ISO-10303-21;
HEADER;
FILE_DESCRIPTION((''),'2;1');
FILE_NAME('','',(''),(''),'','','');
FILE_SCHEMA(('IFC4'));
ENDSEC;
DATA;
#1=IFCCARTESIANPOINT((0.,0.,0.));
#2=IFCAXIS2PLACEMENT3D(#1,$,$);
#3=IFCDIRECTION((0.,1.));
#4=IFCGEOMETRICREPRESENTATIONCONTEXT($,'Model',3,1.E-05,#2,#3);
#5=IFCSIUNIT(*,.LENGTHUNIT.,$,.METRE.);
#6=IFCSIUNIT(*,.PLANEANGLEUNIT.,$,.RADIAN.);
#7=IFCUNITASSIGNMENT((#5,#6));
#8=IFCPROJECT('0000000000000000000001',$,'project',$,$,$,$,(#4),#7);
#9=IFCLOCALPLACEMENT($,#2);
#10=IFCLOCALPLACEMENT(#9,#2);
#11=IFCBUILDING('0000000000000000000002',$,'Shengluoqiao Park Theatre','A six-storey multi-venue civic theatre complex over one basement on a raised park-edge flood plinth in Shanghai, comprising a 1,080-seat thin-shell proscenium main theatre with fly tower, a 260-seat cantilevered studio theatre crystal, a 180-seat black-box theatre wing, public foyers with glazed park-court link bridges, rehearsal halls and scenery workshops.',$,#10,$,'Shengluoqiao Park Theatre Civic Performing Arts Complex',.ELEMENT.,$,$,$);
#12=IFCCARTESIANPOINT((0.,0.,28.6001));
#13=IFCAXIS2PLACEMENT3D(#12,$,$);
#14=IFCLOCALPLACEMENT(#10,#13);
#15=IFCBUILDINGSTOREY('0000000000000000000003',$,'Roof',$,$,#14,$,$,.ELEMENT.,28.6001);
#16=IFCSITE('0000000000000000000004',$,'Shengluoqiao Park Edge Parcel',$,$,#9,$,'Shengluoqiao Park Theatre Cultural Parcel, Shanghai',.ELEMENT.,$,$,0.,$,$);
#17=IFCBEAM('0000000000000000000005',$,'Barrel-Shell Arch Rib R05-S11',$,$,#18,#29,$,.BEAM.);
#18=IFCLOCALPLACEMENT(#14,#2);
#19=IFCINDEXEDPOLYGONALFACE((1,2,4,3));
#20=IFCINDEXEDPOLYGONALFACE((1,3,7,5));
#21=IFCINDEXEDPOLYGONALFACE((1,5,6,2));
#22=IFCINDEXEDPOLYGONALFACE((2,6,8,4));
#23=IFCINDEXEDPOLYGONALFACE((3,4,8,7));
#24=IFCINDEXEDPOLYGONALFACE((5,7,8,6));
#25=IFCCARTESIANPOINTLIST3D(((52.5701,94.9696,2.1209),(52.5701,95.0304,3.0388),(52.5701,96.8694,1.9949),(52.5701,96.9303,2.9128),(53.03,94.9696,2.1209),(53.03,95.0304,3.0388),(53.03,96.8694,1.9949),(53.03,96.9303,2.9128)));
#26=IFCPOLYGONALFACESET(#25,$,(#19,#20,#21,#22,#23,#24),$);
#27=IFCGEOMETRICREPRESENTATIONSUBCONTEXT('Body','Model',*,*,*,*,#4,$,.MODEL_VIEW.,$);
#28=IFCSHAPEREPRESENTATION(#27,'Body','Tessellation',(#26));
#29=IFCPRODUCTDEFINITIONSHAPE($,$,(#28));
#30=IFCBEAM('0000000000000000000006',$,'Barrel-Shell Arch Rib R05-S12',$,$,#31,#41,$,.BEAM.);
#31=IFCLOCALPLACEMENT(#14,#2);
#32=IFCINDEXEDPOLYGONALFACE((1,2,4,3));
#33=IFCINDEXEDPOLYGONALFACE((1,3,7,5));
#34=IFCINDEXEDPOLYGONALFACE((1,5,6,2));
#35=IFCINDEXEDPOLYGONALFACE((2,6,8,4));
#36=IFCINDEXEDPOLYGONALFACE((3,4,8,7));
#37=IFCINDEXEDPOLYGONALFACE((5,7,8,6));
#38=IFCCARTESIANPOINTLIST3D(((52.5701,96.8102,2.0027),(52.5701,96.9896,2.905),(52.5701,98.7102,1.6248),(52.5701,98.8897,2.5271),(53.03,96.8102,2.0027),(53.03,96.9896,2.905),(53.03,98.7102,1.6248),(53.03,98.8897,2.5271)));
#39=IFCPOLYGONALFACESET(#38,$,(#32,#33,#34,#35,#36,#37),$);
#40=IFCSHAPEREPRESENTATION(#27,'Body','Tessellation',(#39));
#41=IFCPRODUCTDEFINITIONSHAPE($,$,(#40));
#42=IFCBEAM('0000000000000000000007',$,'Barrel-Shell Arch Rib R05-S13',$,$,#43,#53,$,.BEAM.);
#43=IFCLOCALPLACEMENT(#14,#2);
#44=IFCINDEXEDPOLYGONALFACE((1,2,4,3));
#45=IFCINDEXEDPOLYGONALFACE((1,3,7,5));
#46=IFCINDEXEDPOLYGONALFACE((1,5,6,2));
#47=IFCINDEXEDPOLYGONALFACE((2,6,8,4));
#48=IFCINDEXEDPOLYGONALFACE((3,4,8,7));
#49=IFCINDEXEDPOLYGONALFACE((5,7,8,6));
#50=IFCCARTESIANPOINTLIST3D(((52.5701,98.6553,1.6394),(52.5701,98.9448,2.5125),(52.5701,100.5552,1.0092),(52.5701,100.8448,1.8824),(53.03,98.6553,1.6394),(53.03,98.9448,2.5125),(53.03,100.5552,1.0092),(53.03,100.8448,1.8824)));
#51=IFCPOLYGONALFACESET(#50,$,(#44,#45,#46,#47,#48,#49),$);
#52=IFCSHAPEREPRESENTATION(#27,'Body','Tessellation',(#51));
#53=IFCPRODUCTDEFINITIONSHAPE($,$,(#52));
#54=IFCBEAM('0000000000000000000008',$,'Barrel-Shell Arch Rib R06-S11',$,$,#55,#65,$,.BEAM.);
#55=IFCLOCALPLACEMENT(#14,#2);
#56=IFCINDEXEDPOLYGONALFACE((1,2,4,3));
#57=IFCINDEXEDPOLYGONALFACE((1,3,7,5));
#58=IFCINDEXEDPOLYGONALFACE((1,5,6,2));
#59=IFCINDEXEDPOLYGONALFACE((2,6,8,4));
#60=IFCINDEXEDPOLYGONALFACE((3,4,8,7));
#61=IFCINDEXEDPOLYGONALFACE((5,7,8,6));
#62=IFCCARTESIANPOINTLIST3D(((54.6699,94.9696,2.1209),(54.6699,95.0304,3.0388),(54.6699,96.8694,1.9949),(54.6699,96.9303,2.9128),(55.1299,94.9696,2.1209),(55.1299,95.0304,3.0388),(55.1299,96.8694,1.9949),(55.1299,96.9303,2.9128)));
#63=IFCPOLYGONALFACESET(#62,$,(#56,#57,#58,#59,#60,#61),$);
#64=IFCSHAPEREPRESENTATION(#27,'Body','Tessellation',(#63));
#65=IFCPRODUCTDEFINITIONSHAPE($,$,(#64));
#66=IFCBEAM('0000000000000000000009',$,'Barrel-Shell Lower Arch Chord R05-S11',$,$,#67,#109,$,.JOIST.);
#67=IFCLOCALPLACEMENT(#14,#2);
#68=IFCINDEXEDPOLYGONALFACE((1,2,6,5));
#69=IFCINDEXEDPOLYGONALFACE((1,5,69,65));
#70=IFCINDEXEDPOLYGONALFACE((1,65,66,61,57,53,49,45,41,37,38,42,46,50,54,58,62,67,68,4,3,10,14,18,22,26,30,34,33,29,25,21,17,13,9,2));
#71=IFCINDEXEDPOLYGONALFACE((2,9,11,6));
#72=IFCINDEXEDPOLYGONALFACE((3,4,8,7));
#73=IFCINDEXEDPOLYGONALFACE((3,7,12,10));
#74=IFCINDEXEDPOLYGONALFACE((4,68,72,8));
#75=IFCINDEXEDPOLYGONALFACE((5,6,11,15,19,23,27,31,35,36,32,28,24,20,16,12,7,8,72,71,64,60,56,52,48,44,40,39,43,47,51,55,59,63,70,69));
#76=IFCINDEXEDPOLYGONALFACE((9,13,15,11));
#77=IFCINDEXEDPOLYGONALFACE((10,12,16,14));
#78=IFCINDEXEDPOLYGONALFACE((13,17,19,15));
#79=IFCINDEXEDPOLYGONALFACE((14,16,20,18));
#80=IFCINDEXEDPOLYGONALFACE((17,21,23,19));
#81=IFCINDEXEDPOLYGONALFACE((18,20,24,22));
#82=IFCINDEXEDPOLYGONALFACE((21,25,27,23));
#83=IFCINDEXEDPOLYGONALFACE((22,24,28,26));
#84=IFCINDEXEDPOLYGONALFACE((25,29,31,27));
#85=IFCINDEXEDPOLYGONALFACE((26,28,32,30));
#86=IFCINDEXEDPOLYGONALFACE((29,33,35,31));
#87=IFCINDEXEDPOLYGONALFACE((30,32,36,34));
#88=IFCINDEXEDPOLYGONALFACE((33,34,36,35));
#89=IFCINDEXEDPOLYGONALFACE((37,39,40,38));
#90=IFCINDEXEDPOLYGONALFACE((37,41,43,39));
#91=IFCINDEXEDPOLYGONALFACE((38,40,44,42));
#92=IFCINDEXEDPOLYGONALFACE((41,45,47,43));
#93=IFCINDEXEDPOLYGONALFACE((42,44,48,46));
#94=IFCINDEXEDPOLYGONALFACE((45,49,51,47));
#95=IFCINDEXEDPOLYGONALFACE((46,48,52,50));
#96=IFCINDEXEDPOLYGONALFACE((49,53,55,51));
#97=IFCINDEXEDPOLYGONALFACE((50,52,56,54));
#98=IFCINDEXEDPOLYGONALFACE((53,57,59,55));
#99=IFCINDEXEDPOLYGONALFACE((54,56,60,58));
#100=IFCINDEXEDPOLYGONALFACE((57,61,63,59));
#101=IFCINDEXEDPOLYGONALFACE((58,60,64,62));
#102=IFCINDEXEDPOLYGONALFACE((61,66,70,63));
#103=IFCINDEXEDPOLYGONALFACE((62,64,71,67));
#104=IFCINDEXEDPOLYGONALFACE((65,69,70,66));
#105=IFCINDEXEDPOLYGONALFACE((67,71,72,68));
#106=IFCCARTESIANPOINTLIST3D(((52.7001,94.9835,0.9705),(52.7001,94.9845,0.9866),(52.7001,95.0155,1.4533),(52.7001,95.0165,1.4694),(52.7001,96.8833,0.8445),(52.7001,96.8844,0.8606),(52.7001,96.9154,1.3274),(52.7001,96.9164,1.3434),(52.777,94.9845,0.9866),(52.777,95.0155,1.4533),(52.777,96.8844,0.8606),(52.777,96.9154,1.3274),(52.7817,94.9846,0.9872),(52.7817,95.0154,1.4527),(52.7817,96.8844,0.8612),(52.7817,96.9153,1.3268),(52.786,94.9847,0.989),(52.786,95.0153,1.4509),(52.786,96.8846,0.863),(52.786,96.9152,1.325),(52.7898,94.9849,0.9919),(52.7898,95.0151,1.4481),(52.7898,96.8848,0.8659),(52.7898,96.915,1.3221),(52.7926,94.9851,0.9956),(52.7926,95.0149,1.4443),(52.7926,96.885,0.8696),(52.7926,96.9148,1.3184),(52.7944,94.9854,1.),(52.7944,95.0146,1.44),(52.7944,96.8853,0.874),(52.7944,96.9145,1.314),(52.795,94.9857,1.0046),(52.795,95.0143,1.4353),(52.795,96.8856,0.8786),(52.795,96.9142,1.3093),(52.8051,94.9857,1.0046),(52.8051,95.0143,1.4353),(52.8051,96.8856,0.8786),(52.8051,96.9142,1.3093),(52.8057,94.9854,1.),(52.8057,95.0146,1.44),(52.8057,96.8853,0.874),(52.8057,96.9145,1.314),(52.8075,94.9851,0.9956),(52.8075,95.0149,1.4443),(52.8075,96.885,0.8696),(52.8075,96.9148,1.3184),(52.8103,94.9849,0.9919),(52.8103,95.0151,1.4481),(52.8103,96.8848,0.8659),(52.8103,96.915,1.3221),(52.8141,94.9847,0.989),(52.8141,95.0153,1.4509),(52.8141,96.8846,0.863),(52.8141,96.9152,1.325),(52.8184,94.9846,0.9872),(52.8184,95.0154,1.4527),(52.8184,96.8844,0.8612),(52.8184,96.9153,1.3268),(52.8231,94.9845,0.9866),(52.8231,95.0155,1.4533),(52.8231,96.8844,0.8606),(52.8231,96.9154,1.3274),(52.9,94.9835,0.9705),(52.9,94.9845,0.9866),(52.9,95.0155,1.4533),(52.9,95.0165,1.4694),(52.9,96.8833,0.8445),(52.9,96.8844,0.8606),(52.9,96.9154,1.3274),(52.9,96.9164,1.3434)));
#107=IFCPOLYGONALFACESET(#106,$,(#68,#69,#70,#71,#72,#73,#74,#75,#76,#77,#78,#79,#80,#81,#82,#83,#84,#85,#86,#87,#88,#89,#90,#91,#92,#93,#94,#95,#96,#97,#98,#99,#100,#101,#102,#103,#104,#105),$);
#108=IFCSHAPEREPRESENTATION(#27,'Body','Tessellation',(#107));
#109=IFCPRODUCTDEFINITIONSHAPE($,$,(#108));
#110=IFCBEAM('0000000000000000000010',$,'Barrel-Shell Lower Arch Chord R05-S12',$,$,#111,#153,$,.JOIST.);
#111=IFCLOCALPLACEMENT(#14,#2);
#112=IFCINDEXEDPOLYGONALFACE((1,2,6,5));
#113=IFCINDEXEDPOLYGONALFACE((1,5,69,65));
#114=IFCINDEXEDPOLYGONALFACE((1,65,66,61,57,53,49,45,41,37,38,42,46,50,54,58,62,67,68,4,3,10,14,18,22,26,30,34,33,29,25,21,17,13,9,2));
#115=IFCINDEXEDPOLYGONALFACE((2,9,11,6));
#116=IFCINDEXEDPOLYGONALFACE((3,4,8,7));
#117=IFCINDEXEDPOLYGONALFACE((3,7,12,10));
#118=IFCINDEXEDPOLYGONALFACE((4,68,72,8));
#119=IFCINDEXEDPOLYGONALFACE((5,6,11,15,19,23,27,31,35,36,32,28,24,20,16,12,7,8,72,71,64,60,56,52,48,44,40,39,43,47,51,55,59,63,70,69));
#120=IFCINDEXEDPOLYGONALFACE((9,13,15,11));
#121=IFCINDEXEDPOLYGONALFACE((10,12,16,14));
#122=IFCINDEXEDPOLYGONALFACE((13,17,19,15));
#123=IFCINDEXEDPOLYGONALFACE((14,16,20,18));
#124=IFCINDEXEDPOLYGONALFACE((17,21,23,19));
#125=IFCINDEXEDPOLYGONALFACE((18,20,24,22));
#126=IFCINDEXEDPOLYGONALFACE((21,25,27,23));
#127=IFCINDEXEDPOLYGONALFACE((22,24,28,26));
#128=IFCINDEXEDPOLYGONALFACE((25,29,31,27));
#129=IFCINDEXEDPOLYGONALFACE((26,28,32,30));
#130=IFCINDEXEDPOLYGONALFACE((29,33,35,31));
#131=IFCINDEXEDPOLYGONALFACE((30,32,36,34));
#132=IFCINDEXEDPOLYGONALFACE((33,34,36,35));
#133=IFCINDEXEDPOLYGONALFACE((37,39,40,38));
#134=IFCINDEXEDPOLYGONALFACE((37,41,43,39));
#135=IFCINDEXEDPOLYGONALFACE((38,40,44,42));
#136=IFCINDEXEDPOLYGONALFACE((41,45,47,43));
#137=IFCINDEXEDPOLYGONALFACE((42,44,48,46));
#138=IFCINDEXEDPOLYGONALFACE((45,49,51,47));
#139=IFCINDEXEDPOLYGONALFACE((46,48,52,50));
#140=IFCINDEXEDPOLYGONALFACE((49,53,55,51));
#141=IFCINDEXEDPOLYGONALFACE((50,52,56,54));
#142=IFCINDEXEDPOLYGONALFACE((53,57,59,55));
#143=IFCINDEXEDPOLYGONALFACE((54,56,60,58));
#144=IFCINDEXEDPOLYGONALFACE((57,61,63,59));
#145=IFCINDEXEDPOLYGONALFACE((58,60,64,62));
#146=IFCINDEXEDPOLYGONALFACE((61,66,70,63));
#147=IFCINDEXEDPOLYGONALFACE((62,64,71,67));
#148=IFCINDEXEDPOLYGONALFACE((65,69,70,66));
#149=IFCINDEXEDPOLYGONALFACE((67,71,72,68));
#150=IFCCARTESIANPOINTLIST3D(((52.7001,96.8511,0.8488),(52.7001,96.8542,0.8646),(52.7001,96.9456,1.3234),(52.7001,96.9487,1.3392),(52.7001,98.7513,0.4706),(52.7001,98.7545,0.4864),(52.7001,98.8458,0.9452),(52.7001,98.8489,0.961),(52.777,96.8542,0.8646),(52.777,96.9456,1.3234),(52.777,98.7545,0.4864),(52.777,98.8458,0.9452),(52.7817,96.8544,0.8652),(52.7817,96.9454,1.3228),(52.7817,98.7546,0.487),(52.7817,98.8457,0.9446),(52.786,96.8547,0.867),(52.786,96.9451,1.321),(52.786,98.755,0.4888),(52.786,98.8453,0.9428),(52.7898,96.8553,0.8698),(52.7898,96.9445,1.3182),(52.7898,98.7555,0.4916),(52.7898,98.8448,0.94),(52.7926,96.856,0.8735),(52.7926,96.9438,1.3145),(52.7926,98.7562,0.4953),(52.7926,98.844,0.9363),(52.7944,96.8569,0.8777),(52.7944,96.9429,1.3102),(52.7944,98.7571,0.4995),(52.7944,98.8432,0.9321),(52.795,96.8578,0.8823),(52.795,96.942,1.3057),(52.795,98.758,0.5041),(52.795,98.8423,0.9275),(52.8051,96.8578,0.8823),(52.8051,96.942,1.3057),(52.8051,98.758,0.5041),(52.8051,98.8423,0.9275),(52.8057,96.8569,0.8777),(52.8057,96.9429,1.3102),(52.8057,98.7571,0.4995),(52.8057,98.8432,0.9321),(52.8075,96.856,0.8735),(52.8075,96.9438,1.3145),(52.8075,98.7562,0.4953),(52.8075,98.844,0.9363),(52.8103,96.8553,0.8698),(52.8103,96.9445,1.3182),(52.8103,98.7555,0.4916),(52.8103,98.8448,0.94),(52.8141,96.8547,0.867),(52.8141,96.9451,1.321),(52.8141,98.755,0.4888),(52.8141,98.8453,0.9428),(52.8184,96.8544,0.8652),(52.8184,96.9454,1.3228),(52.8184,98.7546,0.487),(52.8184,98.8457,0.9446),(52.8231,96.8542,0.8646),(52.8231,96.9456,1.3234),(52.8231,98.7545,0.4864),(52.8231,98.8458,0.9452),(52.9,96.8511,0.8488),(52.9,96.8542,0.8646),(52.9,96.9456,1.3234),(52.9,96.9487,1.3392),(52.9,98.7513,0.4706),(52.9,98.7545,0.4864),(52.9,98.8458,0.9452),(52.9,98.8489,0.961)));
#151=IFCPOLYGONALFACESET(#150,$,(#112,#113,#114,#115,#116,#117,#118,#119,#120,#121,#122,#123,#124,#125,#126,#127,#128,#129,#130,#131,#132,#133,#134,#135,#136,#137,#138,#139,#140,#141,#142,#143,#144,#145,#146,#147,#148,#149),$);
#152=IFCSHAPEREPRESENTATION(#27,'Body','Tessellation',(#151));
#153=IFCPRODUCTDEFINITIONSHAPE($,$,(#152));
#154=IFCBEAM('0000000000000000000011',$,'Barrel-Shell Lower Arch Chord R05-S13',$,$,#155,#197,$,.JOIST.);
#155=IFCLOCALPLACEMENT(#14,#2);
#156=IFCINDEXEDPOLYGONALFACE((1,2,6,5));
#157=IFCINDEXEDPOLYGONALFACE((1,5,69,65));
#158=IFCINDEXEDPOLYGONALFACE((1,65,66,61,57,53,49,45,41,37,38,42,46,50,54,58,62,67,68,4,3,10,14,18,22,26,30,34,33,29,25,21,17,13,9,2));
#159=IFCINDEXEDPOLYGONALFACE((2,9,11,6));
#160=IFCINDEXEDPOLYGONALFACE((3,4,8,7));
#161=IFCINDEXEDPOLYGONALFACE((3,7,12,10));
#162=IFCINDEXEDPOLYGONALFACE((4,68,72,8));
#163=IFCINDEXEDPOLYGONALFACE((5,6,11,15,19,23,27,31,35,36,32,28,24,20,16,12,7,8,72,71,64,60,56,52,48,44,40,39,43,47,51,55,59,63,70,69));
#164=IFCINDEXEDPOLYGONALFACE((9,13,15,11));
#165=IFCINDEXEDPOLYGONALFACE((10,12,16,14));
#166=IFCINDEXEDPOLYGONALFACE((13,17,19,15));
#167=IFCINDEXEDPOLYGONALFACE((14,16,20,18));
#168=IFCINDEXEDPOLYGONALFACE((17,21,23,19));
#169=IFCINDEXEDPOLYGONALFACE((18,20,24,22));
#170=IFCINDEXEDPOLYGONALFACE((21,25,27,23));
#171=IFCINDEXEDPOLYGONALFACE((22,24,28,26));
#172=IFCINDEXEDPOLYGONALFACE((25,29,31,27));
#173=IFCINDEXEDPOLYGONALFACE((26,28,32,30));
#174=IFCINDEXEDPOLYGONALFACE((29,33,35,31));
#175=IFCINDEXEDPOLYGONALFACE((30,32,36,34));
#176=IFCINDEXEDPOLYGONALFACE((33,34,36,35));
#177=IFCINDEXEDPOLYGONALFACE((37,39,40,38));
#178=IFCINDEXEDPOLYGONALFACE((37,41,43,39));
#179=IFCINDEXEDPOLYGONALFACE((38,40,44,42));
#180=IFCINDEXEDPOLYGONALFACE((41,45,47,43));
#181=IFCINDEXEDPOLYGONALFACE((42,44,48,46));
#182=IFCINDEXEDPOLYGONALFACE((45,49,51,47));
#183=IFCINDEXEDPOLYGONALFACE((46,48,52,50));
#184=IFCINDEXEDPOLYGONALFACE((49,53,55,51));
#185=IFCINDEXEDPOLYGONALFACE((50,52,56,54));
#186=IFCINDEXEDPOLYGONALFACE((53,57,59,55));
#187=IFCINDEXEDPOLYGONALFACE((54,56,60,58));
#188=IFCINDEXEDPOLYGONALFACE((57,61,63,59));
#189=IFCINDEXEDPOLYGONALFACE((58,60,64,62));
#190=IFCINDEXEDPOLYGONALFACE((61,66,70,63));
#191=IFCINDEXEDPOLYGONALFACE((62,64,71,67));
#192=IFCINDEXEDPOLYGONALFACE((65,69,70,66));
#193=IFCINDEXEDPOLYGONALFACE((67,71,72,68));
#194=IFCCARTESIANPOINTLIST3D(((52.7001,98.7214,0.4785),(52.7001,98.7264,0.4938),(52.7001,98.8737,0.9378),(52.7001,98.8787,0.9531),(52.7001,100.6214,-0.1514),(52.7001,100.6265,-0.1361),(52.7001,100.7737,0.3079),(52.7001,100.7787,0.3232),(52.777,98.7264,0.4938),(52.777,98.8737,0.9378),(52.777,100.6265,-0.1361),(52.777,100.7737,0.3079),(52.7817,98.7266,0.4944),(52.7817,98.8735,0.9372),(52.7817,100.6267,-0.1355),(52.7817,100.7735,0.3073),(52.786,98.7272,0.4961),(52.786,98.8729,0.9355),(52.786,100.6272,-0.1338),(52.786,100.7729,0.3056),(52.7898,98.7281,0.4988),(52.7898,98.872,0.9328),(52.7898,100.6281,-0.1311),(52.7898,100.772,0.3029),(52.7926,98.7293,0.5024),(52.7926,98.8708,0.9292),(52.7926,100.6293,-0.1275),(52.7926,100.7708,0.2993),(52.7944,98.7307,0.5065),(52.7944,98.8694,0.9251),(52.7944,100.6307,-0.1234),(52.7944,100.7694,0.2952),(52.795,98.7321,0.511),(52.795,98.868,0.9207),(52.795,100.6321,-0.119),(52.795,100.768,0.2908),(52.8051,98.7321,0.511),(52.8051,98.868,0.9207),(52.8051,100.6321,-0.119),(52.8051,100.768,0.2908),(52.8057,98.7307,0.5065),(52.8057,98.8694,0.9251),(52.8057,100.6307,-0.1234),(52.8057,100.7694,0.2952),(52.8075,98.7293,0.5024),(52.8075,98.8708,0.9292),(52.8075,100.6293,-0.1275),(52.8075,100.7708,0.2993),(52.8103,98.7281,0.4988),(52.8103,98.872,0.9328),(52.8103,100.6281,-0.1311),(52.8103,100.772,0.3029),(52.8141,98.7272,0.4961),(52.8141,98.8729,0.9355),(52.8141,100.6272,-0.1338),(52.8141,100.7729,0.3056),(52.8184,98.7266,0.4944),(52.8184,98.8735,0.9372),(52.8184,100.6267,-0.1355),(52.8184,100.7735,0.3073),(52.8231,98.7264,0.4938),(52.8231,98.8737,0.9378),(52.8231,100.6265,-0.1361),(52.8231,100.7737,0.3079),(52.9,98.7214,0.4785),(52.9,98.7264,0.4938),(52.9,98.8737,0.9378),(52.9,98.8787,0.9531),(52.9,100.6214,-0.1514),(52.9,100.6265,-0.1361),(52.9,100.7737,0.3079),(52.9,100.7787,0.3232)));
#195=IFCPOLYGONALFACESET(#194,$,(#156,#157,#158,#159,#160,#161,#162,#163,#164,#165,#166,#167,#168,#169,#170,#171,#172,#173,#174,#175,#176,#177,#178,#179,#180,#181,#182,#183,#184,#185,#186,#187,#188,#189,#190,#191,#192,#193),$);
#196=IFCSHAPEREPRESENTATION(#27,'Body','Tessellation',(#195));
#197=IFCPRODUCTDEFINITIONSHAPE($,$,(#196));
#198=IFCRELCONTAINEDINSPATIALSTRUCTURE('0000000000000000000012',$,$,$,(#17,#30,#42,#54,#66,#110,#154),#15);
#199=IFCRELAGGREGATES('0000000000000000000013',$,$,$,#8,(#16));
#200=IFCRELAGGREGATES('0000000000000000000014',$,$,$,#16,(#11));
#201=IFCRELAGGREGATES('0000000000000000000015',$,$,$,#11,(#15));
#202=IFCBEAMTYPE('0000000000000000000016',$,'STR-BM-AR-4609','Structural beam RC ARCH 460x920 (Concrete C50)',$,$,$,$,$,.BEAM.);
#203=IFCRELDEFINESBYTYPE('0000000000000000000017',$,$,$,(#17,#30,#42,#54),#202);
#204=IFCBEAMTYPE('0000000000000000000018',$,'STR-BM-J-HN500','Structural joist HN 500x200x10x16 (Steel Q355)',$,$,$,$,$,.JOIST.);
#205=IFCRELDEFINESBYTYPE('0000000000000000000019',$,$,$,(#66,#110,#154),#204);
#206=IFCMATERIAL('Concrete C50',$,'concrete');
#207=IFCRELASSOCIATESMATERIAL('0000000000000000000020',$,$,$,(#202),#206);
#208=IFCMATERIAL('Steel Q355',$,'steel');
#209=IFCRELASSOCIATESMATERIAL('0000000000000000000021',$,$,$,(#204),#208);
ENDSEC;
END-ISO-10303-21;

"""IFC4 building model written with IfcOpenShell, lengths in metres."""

from ifc_helpers import new_model, si_unit, direction, frame, origin, origin_2d, place, context, subcontext, project, spatial, rectangle, i_section, extrude, material, material_profile, profile_set, type_object, element, save


model = new_model("IFC4")

# Units and contexts
model_context = context("Model", 3, precision=1e-05, world=origin(), true_north=direction((0.0, 1.0)))
body_context = subcontext(model_context, "Body", "Model", "MODEL_VIEW")
ifc_project = project(units=[si_unit("LENGTHUNIT", "METRE"), si_unit("PLANEANGLEUNIT", "RADIAN")], contexts=[model_context])

# Site, building, storey
site_placement = place(None, origin())
site = spatial("IfcSite", under=ifc_project, at=site_placement, Name="Shengluoqiao Park Edge Parcel", LongName="Shengluoqiao Park Theatre Cultural Parcel, Shanghai", CompositionType="ELEMENT", RefElevation=0.0)
building_placement = place(site_placement, origin())
building = spatial("IfcBuilding", under=site, at=building_placement, Name="Shengluoqiao Park Theatre", Description="A six-storey multi-venue civic theatre complex over one basement on a raised park-edge flood plinth in Shanghai, comprising a 1,080-seat thin-shell proscenium main theatre with fly tower, a 260-seat cantilevered studio theatre crystal, a 180-seat black-box theatre wing, public foyers with glazed park-court link bridges, rehearsal halls and scenery workshops.", LongName="Shengluoqiao Park Theatre Civic Performing Arts Complex", CompositionType="ELEMENT")
storey_placement = place(building_placement, frame((0.0, 0.0, 28.6001)))
storey = spatial("IfcBuildingStorey", under=building, at=storey_placement, Name="Roof", CompositionType="ELEMENT", Elevation=28.6001)

# Beams
ifc_material_1 = material(Name="Concrete C50", Category="concrete")
ifc_material_profile_1 = material_profile(ifc_material_1, rectangle(XDim=0.46, YDim=0.9199, at=origin_2d()), Name="RC ARCH 460x920")
ifc_profile_set_1 = profile_set([ifc_material_profile_1], Name="Concrete C50")
beam_type_1 = type_object("IfcBeamType", Name="STR-BM-AR-4609", Description="Structural beam RC ARCH 460x920 (Concrete C50)", PredefinedType="BEAM", material=ifc_profile_set_1)
beam_1_placement = place(storey_placement, frame((52.8, 95.0, 2.5798), z_axis=(0.0, 0.997809, -0.066162), x_axis=(-1.0, 0.0, 0.0)))
element("IfcBeam", 1, at=beam_1_placement, inside=storey, type_object=beam_type_1, Name="Barrel-Shell Arch Rib R05-S11", PredefinedType="BEAM", context=body_context, shape_type="SweptSolid", body=[
    extrude(rectangle(XDim=0.46, YDim=0.9199, at=origin_2d()), origin(), (0.0, 0.0, 1.0), 1.9041),
])
beam_2_placement = place(storey_placement, frame((52.8, 96.8999, 2.4539), z_axis=(0.0, 0.980789, -0.195074), x_axis=(-1.0, 0.0, 0.0)))
element("IfcBeam", 2, at=beam_2_placement, inside=storey, type_object=beam_type_1, Name="Barrel-Shell Arch Rib R05-S12", PredefinedType="BEAM", context=body_context, shape_type="SweptSolid", body=[
    extrude(rectangle(XDim=0.46, YDim=0.9199, at=origin_2d()), origin(), (0.0, 0.0, 1.0), 1.9373),
])
beam_3_placement = place(storey_placement, frame((52.8, 98.8, 2.0759), z_axis=(0.0, 0.949158, -0.3148), x_axis=(-1.0, 0.0, 0.0)))
element("IfcBeam", 3, at=beam_3_placement, inside=storey, type_object=beam_type_1, Name="Barrel-Shell Arch Rib R05-S13", PredefinedType="BEAM", context=body_context, shape_type="SweptSolid", body=[
    extrude(rectangle(XDim=0.46, YDim=0.9199, at=origin_2d()), origin(), (0.0, 0.0, 1.0), 2.0017),
])
beam_4_placement = place(storey_placement, frame((54.8999, 95.0, 2.5798), z_axis=(0.0, 0.997809, -0.066162), x_axis=(-1.0, 0.0, 0.0)))
element("IfcBeam", 4, at=beam_4_placement, inside=storey, type_object=beam_type_1, Name="Barrel-Shell Arch Rib R06-S11", PredefinedType="BEAM", context=body_context, shape_type="SweptSolid", body=[
    extrude(rectangle(XDim=0.46, YDim=0.9199, at=origin_2d()), origin(), (0.0, 0.0, 1.0), 1.9041),
])
ifc_material_2 = material(Name="Steel Q355", Category="steel")
ifc_material_profile_2 = material_profile(ifc_material_2, i_section(OverallWidth=0.2, OverallDepth=0.5, WebThickness=0.01, FlangeThickness=0.0161, FilletRadius=0.0181, at=origin_2d()), Name="HN 500x200x10x16")
ifc_profile_set_2 = profile_set([ifc_material_profile_2], Name="Steel Q355")
beam_type_2 = type_object("IfcBeamType", Name="STR-BM-J-HN500", Description="Structural joist HN 500x200x10x16 (Steel Q355)", PredefinedType="JOIST", material=ifc_profile_set_2)
beam_5_placement = place(storey_placement, frame((52.8, 95.0, 1.22), z_axis=(0.0, 0.997809, -0.066162), x_axis=(-1.0, 0.0, 0.0)))
element("IfcBeam", 5, at=beam_5_placement, inside=storey, type_object=beam_type_2, Name="Barrel-Shell Lower Arch Chord R05-S11", PredefinedType="JOIST", context=body_context, shape_type="SweptSolid", body=[
    extrude(i_section(OverallWidth=0.2, OverallDepth=0.5, WebThickness=0.01, FlangeThickness=0.0161, FilletRadius=0.0181, at=origin_2d()), origin(), (0.0, 0.0, 1.0), 1.9041),
])
beam_6_placement = place(storey_placement, frame((52.8, 96.8999, 1.094), z_axis=(0.0, 0.980764, -0.195195), x_axis=(-1.0, 0.0, 0.0)))
element("IfcBeam", 6, at=beam_6_placement, inside=storey, type_object=beam_type_2, Name="Barrel-Shell Lower Arch Chord R05-S12", PredefinedType="JOIST", context=body_context, shape_type="SweptSolid", body=[
    extrude(i_section(OverallWidth=0.2, OverallDepth=0.5, WebThickness=0.01, FlangeThickness=0.0161, FilletRadius=0.0181, at=origin_2d()), origin(), (0.0, 0.0, 1.0), 1.9375),
])
beam_7_placement = place(storey_placement, frame((52.8, 98.8, 0.7158), z_axis=(0.0, 0.949194, -0.31469), x_axis=(-1.0, 0.0, 0.0)))
element("IfcBeam", 7, at=beam_7_placement, inside=storey, type_object=beam_type_2, Name="Barrel-Shell Lower Arch Chord R05-S13", PredefinedType="JOIST", context=body_context, shape_type="SweptSolid", body=[
    extrude(i_section(OverallWidth=0.2, OverallDepth=0.5, WebThickness=0.01, FlangeThickness=0.0161, FilletRadius=0.0181, at=origin_2d()), origin(), (0.0, 0.0, 1.0), 2.0017),
])

save(model, "model.ifc")
